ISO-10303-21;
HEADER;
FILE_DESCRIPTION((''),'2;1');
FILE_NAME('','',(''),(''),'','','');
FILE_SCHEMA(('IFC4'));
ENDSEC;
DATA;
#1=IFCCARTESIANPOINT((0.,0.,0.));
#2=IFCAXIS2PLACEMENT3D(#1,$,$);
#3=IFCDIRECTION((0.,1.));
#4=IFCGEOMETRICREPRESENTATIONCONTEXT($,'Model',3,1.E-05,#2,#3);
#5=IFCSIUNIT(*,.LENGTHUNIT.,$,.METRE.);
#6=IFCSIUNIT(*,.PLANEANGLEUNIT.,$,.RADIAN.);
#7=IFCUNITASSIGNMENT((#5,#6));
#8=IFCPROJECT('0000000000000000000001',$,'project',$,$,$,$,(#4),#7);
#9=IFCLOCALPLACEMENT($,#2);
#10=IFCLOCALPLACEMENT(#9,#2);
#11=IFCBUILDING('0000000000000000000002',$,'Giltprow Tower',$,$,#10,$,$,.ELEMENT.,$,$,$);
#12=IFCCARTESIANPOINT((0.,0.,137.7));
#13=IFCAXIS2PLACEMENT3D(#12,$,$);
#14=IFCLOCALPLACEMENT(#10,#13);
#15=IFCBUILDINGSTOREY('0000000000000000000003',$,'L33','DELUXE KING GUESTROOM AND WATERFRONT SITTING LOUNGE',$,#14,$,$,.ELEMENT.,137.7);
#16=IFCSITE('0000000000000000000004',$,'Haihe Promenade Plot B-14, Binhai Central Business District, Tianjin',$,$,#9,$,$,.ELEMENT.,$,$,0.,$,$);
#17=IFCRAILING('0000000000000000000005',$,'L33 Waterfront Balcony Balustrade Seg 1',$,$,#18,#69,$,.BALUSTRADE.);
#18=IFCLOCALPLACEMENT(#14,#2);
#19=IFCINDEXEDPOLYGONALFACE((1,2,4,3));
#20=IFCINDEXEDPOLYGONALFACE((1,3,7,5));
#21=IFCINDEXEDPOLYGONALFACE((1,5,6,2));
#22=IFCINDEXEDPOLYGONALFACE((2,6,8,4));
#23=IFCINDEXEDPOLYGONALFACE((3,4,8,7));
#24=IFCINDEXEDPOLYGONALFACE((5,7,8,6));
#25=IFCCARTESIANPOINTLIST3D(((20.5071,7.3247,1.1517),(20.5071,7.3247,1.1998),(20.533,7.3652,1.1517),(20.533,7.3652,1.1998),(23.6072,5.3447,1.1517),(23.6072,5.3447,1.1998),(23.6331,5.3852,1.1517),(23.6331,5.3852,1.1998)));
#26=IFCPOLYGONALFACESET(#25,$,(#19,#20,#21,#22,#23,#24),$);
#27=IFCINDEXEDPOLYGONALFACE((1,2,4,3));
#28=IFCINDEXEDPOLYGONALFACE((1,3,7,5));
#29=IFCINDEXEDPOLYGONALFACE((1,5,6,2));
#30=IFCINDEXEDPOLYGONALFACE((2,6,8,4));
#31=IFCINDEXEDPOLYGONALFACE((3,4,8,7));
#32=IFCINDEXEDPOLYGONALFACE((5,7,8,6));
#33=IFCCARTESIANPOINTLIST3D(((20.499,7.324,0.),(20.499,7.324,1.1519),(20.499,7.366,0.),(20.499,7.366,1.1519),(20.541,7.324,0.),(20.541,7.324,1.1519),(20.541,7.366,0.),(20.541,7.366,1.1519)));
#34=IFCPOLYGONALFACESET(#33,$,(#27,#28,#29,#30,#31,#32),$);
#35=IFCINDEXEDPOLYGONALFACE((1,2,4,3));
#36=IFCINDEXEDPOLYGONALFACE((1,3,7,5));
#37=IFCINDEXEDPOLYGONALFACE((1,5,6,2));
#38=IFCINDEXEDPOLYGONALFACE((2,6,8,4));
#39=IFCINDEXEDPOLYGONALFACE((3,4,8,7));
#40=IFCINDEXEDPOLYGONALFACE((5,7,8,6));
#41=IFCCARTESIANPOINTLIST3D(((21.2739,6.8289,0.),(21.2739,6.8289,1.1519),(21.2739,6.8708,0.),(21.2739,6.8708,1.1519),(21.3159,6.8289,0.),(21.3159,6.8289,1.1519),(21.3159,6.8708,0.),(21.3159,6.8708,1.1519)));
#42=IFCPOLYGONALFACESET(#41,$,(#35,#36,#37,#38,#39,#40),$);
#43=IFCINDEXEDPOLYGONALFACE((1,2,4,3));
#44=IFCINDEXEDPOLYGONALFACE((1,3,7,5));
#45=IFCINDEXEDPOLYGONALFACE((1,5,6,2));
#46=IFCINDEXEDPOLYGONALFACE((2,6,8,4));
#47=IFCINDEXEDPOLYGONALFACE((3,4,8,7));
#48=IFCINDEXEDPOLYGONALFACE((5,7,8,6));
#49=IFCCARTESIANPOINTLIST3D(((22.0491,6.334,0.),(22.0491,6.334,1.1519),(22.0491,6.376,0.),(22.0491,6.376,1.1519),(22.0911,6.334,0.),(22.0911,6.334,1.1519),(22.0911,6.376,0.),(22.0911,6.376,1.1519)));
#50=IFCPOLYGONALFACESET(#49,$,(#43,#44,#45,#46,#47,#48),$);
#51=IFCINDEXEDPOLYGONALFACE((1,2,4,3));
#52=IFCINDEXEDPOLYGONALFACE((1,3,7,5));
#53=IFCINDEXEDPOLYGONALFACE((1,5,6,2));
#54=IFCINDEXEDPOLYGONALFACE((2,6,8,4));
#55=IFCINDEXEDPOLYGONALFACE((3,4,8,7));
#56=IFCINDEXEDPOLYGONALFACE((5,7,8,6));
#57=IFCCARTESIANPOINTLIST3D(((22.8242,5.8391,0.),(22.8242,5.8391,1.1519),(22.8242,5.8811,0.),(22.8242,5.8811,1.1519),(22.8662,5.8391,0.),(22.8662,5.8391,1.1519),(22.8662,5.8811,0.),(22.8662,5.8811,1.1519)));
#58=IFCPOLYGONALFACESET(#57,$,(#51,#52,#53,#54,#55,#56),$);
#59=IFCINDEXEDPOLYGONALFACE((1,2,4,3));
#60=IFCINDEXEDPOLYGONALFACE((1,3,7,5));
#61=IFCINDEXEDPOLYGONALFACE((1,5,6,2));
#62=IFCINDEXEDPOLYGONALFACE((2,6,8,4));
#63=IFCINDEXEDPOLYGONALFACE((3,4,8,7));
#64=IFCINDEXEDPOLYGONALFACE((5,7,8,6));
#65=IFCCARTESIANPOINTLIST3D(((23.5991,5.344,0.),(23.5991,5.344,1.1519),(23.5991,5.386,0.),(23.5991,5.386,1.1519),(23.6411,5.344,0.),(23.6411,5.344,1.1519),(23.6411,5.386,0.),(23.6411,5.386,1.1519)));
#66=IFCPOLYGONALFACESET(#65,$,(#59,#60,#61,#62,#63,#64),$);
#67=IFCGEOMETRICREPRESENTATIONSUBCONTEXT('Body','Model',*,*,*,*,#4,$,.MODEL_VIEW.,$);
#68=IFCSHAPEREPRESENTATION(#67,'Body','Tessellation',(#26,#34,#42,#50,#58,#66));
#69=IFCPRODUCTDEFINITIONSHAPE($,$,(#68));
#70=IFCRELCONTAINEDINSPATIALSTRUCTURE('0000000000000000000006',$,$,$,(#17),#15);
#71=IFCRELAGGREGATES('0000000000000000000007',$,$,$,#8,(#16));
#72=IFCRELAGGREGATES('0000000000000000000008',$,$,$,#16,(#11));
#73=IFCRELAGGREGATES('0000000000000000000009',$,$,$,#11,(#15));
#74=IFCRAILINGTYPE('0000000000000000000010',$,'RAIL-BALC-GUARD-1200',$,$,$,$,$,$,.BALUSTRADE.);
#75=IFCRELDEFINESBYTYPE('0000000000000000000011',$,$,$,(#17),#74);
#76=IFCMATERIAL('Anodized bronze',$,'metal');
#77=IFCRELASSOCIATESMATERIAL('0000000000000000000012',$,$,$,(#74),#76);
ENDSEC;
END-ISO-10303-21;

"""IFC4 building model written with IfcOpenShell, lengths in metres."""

from ifc_helpers import new_model, si_unit, direction, frame, origin, origin_2d, place, context, subcontext, project, spatial, rectangle, extrude, material, type_object, element, save


model = new_model("IFC4")

# Units and contexts
model_context = context("Model", 3, precision=1e-05, world=origin(), true_north=direction((0.0, 1.0)))
body_context = subcontext(model_context, "Body", "Model", "MODEL_VIEW")
ifc_project = project(units=[si_unit("LENGTHUNIT", "METRE"), si_unit("PLANEANGLEUNIT", "RADIAN")], contexts=[model_context])

# Site, building, storey
site_placement = place(None, origin())
site = spatial("IfcSite", under=ifc_project, at=site_placement, Name="Haihe Promenade Plot B-14, Binhai Central Business District, Tianjin", CompositionType="ELEMENT", RefElevation=0.0)
building_placement = place(site_placement, origin())
building = spatial("IfcBuilding", under=site, at=building_placement, Name="Giltprow Tower", CompositionType="ELEMENT")
storey_placement = place(building_placement, frame((0.0, 0.0, 137.7)))
storey = spatial("IfcBuildingStorey", under=building, at=storey_placement, Name="L33", Description="DELUXE KING GUESTROOM AND WATERFRONT SITTING LOUNGE", CompositionType="ELEMENT", Elevation=137.7)

# Shared definitions
ifc_material_1 = material(Name="Anodized bronze", Category="metal")

# Railing
railing_type = type_object("IfcRailingType", Name="RAIL-BALC-GUARD-1200", PredefinedType="BALUSTRADE", material=ifc_material_1)
railing_1_placement = place(storey_placement, frame((20.52, 7.345, 0.0)))
element("IfcRailing", 1, at=railing_1_placement, inside=storey, type_object=railing_type, Name="L33 Waterfront Balcony Balustrade Seg 1", PredefinedType="BALUSTRADE", context=body_context, shape_type="SweptSolid", body=[
    extrude(rectangle(XDim=0.0481, YDim=0.0481, at=origin_2d()), frame((0.0, 0.0, 1.1758), z_axis=(0.842775, -0.538266, 0.0), x_axis=(0.538266, 0.842775, 0.0)), (0.0, 0.0, 1.0), 3.6785),
    extrude(rectangle(XDim=0.042, YDim=0.042, at=origin_2d()), origin(), (0.0, 0.0, 1.0), 1.1519),
    extrude(rectangle(XDim=0.042, YDim=0.042, at=origin_2d()), frame((0.7749, -0.4951, 0.0)), (0.0, 0.0, 1.0), 1.1519),
    extrude(rectangle(XDim=0.042, YDim=0.042, at=origin_2d()), frame((1.55, -0.99, 0.0)), (0.0, 0.0, 1.0), 1.1519),
    extrude(rectangle(XDim=0.042, YDim=0.042, at=origin_2d()), frame((2.3252, -1.4849, 0.0)), (0.0, 0.0, 1.0), 1.1519),
    extrude(rectangle(XDim=0.042, YDim=0.042, at=origin_2d()), frame((3.1001, -1.98, 0.0)), (0.0, 0.0, 1.0), 1.1519),
])

save(model, "model.ifc")
